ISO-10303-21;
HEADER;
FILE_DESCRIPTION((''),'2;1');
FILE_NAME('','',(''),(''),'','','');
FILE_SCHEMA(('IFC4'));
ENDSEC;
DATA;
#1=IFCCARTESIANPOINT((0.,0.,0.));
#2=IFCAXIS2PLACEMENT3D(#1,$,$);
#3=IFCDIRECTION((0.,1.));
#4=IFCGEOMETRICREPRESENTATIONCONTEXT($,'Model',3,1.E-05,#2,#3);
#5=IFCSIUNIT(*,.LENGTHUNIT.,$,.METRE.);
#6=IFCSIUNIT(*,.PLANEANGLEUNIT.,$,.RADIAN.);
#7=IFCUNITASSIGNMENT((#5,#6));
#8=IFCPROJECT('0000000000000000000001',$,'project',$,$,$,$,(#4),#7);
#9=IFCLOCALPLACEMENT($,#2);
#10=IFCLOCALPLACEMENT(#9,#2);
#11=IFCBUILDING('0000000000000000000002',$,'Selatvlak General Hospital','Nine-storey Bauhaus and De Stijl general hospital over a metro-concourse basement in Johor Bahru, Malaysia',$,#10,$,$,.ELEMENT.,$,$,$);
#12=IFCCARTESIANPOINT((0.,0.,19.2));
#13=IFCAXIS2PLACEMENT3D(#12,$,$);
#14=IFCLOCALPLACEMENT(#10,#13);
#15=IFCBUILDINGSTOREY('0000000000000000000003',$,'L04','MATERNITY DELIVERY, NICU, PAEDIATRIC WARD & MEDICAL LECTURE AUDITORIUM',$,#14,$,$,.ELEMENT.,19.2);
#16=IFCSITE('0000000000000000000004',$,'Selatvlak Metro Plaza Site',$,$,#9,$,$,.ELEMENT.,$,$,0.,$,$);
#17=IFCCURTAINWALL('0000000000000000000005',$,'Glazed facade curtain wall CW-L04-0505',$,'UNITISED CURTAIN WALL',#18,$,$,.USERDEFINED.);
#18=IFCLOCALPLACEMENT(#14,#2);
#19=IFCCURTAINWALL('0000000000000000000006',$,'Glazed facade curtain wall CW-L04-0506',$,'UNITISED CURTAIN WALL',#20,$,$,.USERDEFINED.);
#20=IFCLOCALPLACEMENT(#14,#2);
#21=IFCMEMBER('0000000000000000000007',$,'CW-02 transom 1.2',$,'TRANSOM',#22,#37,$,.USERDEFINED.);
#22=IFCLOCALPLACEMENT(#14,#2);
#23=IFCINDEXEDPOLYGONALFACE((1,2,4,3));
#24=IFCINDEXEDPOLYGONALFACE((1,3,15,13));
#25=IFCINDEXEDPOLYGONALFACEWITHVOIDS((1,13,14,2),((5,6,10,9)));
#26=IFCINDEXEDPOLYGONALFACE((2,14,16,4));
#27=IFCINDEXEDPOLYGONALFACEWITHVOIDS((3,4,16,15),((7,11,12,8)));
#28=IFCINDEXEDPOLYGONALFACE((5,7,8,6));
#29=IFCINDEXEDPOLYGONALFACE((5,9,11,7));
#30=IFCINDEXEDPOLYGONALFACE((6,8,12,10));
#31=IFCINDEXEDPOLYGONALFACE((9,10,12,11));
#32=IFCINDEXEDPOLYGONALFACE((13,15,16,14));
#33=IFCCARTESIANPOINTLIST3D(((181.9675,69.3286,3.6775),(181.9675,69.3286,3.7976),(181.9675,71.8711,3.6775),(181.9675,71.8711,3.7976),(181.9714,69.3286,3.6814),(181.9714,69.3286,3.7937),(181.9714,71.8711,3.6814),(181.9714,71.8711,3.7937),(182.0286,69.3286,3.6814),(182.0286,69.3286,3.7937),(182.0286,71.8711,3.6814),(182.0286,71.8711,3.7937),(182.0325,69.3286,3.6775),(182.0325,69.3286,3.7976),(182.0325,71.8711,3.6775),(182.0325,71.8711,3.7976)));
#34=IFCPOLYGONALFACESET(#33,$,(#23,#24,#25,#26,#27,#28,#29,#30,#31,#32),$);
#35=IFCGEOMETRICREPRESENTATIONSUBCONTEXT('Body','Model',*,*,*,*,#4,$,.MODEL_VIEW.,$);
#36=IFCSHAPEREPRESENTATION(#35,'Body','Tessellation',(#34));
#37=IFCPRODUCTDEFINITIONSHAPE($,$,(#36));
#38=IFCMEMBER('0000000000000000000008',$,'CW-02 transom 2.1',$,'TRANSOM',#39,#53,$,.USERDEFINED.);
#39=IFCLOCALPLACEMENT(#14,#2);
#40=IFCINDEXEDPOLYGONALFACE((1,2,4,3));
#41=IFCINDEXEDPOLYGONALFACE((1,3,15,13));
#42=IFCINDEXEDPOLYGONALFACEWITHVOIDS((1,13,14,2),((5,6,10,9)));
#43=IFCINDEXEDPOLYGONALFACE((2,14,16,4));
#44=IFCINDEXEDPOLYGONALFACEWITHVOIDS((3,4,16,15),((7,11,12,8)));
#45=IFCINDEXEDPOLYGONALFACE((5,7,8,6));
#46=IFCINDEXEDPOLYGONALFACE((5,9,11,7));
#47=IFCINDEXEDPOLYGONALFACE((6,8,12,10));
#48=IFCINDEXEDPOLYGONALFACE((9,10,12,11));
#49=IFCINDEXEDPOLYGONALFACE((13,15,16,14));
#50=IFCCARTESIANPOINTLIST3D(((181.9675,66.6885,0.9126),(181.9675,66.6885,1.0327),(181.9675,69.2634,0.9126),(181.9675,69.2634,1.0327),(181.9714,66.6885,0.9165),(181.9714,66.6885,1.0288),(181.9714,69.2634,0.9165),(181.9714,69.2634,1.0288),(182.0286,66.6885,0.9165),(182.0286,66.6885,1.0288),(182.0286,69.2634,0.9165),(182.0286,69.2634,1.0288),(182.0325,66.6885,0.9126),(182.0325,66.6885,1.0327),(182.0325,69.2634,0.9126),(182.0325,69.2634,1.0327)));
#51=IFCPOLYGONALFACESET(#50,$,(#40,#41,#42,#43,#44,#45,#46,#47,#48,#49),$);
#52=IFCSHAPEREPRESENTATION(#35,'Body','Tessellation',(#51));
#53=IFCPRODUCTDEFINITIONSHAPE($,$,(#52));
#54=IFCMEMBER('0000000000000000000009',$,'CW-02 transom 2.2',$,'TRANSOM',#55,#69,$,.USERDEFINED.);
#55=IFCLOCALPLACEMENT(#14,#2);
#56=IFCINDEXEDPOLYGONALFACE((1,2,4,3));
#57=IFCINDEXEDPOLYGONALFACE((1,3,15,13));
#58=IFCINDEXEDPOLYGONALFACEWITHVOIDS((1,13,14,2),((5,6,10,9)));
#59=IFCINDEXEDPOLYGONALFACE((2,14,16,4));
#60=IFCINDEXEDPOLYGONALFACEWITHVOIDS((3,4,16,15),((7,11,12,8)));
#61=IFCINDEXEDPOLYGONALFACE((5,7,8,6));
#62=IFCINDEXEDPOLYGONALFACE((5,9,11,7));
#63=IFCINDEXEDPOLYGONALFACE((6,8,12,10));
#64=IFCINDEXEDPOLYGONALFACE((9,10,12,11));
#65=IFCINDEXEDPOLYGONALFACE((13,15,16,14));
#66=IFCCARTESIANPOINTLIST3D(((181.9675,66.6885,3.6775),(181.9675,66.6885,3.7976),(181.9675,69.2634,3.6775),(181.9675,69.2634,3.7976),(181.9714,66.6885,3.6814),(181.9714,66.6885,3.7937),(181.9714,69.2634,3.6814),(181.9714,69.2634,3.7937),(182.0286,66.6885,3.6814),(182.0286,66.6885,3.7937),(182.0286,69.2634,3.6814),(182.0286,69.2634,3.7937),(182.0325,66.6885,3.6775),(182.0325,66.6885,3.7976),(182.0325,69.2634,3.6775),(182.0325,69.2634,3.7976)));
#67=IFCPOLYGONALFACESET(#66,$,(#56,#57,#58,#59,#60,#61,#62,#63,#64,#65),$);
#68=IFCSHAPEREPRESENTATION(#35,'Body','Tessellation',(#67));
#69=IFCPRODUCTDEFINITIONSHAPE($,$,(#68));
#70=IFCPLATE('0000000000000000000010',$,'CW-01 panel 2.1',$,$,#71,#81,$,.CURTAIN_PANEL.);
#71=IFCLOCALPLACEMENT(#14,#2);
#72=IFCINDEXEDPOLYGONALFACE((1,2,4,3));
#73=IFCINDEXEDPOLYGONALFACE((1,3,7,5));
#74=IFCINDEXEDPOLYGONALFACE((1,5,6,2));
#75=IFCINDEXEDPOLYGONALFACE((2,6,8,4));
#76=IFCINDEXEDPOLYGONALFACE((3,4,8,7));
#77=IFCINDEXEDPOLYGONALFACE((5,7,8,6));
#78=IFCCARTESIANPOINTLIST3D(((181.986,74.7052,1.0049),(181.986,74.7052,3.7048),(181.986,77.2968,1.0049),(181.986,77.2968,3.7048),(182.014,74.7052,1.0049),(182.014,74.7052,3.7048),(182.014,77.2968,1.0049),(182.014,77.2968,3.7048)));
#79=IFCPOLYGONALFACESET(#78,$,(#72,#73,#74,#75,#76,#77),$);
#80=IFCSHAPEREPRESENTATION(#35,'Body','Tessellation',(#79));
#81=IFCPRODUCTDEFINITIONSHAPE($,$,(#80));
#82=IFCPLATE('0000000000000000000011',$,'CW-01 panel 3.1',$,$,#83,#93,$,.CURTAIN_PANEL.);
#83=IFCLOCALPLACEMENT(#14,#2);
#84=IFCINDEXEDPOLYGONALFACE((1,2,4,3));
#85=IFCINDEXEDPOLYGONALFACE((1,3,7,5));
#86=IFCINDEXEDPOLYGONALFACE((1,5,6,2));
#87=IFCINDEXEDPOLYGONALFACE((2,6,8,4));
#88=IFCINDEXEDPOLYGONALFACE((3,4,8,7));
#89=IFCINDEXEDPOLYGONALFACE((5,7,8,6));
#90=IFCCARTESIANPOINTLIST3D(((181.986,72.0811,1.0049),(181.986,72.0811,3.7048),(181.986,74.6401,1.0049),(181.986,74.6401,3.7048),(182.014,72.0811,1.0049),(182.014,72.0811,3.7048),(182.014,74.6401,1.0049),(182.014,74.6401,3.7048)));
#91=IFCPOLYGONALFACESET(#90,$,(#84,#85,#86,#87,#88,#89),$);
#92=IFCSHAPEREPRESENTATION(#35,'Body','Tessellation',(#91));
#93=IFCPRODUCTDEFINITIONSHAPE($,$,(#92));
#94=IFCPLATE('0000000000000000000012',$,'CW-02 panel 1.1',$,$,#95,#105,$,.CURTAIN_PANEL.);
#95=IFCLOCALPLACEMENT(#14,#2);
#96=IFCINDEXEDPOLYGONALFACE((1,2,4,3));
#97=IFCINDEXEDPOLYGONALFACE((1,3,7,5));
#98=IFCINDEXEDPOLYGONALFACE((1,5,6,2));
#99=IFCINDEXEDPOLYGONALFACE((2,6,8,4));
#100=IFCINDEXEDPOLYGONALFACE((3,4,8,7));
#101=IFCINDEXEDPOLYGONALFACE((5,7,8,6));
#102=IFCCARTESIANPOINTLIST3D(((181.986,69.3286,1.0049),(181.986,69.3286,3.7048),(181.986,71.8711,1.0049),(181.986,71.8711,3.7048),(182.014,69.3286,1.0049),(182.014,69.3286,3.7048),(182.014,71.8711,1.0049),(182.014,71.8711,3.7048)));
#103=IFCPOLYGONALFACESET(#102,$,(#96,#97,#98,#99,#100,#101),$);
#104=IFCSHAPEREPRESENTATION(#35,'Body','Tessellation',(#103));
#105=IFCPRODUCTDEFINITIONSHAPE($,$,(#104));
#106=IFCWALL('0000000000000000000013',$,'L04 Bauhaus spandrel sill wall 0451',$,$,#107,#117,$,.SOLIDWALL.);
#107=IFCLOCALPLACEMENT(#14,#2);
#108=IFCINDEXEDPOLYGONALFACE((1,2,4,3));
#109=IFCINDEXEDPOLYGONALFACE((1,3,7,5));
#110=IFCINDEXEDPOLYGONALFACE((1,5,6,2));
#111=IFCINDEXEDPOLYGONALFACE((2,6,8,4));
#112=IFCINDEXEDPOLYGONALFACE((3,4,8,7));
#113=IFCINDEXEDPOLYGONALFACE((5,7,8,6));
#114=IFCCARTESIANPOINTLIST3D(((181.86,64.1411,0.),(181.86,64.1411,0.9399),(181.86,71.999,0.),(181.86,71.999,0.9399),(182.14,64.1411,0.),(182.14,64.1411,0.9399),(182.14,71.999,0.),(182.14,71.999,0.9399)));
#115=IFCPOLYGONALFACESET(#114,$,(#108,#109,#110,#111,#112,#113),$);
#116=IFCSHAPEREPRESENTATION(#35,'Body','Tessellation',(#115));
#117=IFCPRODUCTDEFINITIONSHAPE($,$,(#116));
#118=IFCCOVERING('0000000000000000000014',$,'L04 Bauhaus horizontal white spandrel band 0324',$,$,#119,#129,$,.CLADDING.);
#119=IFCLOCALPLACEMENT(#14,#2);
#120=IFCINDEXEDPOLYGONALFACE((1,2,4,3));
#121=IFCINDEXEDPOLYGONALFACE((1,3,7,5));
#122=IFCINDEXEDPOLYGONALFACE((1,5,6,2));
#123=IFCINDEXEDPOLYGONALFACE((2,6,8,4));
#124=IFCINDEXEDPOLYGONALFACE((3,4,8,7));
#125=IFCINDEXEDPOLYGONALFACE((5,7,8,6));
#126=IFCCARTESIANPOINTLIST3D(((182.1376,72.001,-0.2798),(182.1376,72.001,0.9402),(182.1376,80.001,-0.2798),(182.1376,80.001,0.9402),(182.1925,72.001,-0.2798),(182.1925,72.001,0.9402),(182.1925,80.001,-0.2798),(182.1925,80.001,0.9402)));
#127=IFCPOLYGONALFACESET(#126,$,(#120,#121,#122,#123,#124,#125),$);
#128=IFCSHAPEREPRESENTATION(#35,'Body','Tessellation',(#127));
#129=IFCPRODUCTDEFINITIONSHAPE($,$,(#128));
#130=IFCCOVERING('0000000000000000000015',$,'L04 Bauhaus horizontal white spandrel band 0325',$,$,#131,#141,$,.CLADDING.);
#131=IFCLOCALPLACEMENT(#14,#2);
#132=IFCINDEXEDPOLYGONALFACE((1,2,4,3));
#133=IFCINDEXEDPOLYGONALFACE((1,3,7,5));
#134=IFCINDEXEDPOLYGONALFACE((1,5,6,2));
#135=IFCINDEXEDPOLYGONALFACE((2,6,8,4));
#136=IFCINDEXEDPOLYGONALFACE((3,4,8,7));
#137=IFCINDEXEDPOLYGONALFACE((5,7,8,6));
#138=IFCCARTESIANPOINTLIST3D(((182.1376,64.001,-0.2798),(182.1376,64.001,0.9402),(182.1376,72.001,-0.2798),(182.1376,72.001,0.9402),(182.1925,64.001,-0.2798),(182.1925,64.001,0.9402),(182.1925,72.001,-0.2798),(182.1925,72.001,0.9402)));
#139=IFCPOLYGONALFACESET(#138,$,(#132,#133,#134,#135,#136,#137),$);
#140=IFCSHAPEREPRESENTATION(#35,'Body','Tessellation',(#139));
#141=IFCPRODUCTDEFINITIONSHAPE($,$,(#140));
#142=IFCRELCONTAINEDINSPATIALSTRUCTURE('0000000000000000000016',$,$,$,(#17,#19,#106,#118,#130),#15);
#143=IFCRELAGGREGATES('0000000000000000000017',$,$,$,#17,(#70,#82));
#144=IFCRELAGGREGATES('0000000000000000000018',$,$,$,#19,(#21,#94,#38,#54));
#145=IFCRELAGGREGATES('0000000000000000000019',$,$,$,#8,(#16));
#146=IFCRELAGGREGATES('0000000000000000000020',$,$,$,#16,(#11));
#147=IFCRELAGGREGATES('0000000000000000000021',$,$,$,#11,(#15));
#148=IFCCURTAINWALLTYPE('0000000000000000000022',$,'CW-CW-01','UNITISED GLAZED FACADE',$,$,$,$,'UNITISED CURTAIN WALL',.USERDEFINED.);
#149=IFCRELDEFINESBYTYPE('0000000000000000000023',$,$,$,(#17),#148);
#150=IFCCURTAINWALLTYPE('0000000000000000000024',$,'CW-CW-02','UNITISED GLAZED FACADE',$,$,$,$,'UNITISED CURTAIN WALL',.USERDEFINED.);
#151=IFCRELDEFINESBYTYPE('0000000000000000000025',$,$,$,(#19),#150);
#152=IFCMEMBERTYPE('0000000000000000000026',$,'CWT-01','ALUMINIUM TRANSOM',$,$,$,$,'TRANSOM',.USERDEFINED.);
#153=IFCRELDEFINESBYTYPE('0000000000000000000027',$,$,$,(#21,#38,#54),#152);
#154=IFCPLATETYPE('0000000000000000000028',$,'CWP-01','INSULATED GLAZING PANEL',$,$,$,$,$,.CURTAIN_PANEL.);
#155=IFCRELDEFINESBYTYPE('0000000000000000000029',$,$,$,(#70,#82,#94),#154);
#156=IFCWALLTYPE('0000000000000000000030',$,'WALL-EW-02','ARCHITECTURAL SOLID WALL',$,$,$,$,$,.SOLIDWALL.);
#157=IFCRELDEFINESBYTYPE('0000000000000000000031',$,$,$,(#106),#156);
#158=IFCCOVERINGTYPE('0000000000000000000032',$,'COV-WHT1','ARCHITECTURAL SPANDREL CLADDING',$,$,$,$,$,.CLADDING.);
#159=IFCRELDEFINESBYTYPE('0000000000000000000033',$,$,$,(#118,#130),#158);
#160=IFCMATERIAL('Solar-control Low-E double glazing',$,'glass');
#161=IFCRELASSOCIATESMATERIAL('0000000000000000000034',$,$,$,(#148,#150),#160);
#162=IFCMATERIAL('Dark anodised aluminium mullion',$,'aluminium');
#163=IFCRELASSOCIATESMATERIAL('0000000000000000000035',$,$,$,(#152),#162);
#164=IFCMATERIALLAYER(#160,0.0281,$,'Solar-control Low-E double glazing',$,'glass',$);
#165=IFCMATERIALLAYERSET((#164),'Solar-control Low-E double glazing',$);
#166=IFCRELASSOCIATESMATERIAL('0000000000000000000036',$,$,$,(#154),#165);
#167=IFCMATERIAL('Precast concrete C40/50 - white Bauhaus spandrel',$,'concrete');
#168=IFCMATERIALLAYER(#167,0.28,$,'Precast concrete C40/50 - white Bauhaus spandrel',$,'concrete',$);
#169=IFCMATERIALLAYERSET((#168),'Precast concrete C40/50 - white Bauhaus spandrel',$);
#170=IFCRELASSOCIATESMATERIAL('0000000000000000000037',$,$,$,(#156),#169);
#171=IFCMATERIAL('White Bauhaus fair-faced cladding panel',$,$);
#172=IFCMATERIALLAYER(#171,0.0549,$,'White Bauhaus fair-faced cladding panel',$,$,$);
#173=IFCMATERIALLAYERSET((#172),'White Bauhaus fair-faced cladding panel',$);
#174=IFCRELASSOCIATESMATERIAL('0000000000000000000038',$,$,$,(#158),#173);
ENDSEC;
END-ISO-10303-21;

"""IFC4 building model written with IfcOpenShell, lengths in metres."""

from ifc_helpers import new_model, si_unit, direction, frame, frame_2d, origin, origin_2d, place, context, subcontext, project, spatial, rectangle, hollow_rectangle, extrude, material, layer, layer_set, material_profile, profile_set, type_object, element, aggregate, save


model = new_model("IFC4")

# Units and contexts
model_context = context("Model", 3, precision=1e-05, world=origin(), true_north=direction((0.0, 1.0)))
body_context = subcontext(model_context, "Body", "Model", "MODEL_VIEW")
ifc_project = project(units=[si_unit("LENGTHUNIT", "METRE"), si_unit("PLANEANGLEUNIT", "RADIAN")], contexts=[model_context])

# Site, building, storey
site_placement = place(None, origin())
site = spatial("IfcSite", under=ifc_project, at=site_placement, Name="Selatvlak Metro Plaza Site", CompositionType="ELEMENT", RefElevation=0.0)
building_placement = place(site_placement, origin())
building = spatial("IfcBuilding", under=site, at=building_placement, Name="Selatvlak General Hospital", Description="Nine-storey Bauhaus and De Stijl general hospital over a metro-concourse basement in Johor Bahru, Malaysia", CompositionType="ELEMENT")
storey_placement = place(building_placement, frame((0.0, 0.0, 19.2)))
storey = spatial("IfcBuildingStorey", under=building, at=storey_placement, Name="L04", Description="MATERNITY DELIVERY, NICU, PAEDIATRIC WARD & MEDICAL LECTURE AUDITORIUM", CompositionType="ELEMENT", Elevation=19.2)

# Curtain walls
ifc_material_1 = material(Name="Solar-control Low-E double glazing", Category="glass")
curtain_wall_type_1 = type_object("IfcCurtainWallType", Name="CW-CW-01", Description="UNITISED GLAZED FACADE", ElementType="UNITISED CURTAIN WALL", PredefinedType="USERDEFINED", material=ifc_material_1)
curtain_wall_1_placement = place(storey_placement, origin())
curtain_wall_1 = element("IfcCurtainWall", 1, at=curtain_wall_1_placement, inside=storey, type_object=curtain_wall_type_1, Name="Glazed facade curtain wall CW-L04-0505", ObjectType="UNITISED CURTAIN WALL", PredefinedType="USERDEFINED")
ifc_material_2 = material(Name="Dark anodised aluminium mullion", Category="aluminium")
curtain_wall_type_2 = type_object("IfcCurtainWallType", Name="CW-CW-02", Description="UNITISED GLAZED FACADE", ElementType="UNITISED CURTAIN WALL", PredefinedType="USERDEFINED", material=ifc_material_1)
curtain_wall_2_placement = place(storey_placement, origin())
curtain_wall_2 = element("IfcCurtainWall", 2, at=curtain_wall_2_placement, inside=storey, type_object=curtain_wall_type_2, Name="Glazed facade curtain wall CW-L04-0506", ObjectType="UNITISED CURTAIN WALL", PredefinedType="USERDEFINED")

# Members
ifc_material_profile_1 = material_profile(ifc_material_2, hollow_rectangle(XDim=0.0649, YDim=0.1201, WallThickness=0.0039, at=origin_2d()), Name="AL-TRN 65x120x4")
ifc_profile_set_1 = profile_set([ifc_material_profile_1], Name="Dark anodised aluminium mullion")
member_type_1 = type_object("IfcMemberType", Name="CWT-01", Description="ALUMINIUM TRANSOM", ElementType="TRANSOM", PredefinedType="USERDEFINED", material=ifc_profile_set_1)
member_1_placement = place(storey_placement, frame((182.0, 71.8711, 3.7375), z_axis=(0.0, -1.0, 0.0), x_axis=(1.0, 0.0, 0.0)))
member_1 = element("IfcMember", 3, at=member_1_placement, type_object=member_type_1, Name="CW-02 transom 1.2", ObjectType="TRANSOM", PredefinedType="USERDEFINED", context=body_context, shape_type="SweptSolid", body=[
    extrude(hollow_rectangle(XDim=0.0649, YDim=0.1201, WallThickness=0.0039, at=origin_2d()), origin(), (0.0, 0.0, 1.0), 2.5425),
])
member_2_placement = place(storey_placement, frame((182.0, 69.2634, 0.9727), z_axis=(0.0, -1.0, 0.0), x_axis=(1.0, 0.0, 0.0)))
member_2 = element("IfcMember", 4, at=member_2_placement, type_object=member_type_1, Name="CW-02 transom 2.1", ObjectType="TRANSOM", PredefinedType="USERDEFINED", context=body_context, shape_type="SweptSolid", body=[
    extrude(hollow_rectangle(XDim=0.0649, YDim=0.1201, WallThickness=0.0039, at=origin_2d()), origin(), (0.0, 0.0, 1.0), 2.575),
])
member_3_placement = place(storey_placement, frame((182.0, 69.2634, 3.7375), z_axis=(0.0, -1.0, 0.0), x_axis=(1.0, 0.0, 0.0)))
member_3 = element("IfcMember", 5, at=member_3_placement, type_object=member_type_1, Name="CW-02 transom 2.2", ObjectType="TRANSOM", PredefinedType="USERDEFINED", context=body_context, shape_type="SweptSolid", body=[
    extrude(hollow_rectangle(XDim=0.0649, YDim=0.1201, WallThickness=0.0039, at=origin_2d()), origin(), (0.0, 0.0, 1.0), 2.575),
])

# Plates
ifc_layer_1 = layer(ifc_material_1, 0.0281, Name="Solar-control Low-E double glazing", Category="glass")
ifc_layer_set_1 = layer_set([ifc_layer_1], Name="Solar-control Low-E double glazing")
plate_type = type_object("IfcPlateType", Name="CWP-01", Description="INSULATED GLAZING PANEL", PredefinedType="CURTAIN_PANEL", material=ifc_layer_set_1)
plate_1_placement = place(storey_placement, frame((182.0, 76.001, 1.0049), z_axis=(0.0, 0.0, 1.0), x_axis=(0.0, -1.0, 0.0)))
plate_1 = element("IfcPlate", 6, at=plate_1_placement, type_object=plate_type, Name="CW-01 panel 2.1", PredefinedType="CURTAIN_PANEL", context=body_context, shape_type="SweptSolid", body=[
    extrude(rectangle(XDim=2.5916, YDim=0.0281, at=origin_2d()), origin(), (0.0, 0.0, 1.0), 2.7),
])
plate_2_placement = place(storey_placement, frame((182.0, 73.3606, 1.0049), z_axis=(0.0, 0.0, 1.0), x_axis=(0.0, -1.0, 0.0)))
plate_2 = element("IfcPlate", 7, at=plate_2_placement, type_object=plate_type, Name="CW-01 panel 3.1", PredefinedType="CURTAIN_PANEL", context=body_context, shape_type="SweptSolid", body=[
    extrude(rectangle(XDim=2.5591, YDim=0.0281, at=origin_2d()), origin(), (0.0, 0.0, 1.0), 2.7),
])
aggregate(curtain_wall_1, [plate_1, plate_2])
plate_3_placement = place(storey_placement, frame((182.0, 70.5999, 1.0049), z_axis=(0.0, 0.0, 1.0), x_axis=(0.0, -1.0, 0.0)))
plate_3 = element("IfcPlate", 8, at=plate_3_placement, type_object=plate_type, Name="CW-02 panel 1.1", PredefinedType="CURTAIN_PANEL", context=body_context, shape_type="SweptSolid", body=[
    extrude(rectangle(XDim=2.5425, YDim=0.0281, at=origin_2d()), origin(), (0.0, 0.0, 1.0), 2.7),
])
aggregate(curtain_wall_2, [member_1, plate_3, member_2, member_3])

# Wall
ifc_material_3 = material(Name="Precast concrete C40/50 - white Bauhaus spandrel", Category="concrete")
ifc_layer_2 = layer(ifc_material_3, 0.28, Name="Precast concrete C40/50 - white Bauhaus spandrel", Category="concrete")
ifc_layer_set_2 = layer_set([ifc_layer_2], Name="Precast concrete C40/50 - white Bauhaus spandrel")
wall_type = type_object("IfcWallType", Name="WALL-EW-02", Description="ARCHITECTURAL SOLID WALL", PredefinedType="SOLIDWALL", material=ifc_layer_set_2)
wall_placement = place(storey_placement, frame((182.0, 71.999, 0.0), z_axis=(0.0, 0.0, 1.0), x_axis=(0.0, -1.0, 0.0)))
element("IfcWall", 9, at=wall_placement, inside=storey, type_object=wall_type, Name="L04 Bauhaus spandrel sill wall 0451", PredefinedType="SOLIDWALL", context=body_context, shape_type="SweptSolid", body=[
    extrude(rectangle(XDim=7.8579, YDim=0.28, at=frame_2d((3.929, 0.0))), origin(), (0.0, 0.0, 1.0), 0.9399),
])

# Coverings
ifc_material_4 = material(Name="White Bauhaus fair-faced cladding panel")
ifc_layer_3 = layer(ifc_material_4, 0.0549, Name="White Bauhaus fair-faced cladding panel")
ifc_layer_set_3 = layer_set([ifc_layer_3], Name="White Bauhaus fair-faced cladding panel")
covering_type = type_object("IfcCoveringType", Name="COV-WHT1", Description="ARCHITECTURAL SPANDREL CLADDING", PredefinedType="CLADDING", material=ifc_layer_set_3)
for number, where, z_axis, x_axis, name in (
    (10, (182.165, 76.001, -0.2798), (0.0, 0.0, 1.0), (0.0, -1.0, 0.0), "L04 Bauhaus horizontal white spandrel band 0324"),
    (11, (182.165, 68.001, -0.2798), (0.0, 0.0, 1.0), (0.0, -1.0, 0.0), "L04 Bauhaus horizontal white spandrel band 0325"),
):
    element("IfcCovering", number, at=place(storey_placement, frame(where, z_axis=z_axis, x_axis=x_axis)), inside=storey, type_object=covering_type, Name=name, PredefinedType="CLADDING", context=body_context, shape_type="SweptSolid", body=[
        extrude(rectangle(XDim=8.0, YDim=0.0549, at=origin_2d()), origin(), (0.0, 0.0, 1.0), 1.22),
    ])

save(model, "model.ifc")
